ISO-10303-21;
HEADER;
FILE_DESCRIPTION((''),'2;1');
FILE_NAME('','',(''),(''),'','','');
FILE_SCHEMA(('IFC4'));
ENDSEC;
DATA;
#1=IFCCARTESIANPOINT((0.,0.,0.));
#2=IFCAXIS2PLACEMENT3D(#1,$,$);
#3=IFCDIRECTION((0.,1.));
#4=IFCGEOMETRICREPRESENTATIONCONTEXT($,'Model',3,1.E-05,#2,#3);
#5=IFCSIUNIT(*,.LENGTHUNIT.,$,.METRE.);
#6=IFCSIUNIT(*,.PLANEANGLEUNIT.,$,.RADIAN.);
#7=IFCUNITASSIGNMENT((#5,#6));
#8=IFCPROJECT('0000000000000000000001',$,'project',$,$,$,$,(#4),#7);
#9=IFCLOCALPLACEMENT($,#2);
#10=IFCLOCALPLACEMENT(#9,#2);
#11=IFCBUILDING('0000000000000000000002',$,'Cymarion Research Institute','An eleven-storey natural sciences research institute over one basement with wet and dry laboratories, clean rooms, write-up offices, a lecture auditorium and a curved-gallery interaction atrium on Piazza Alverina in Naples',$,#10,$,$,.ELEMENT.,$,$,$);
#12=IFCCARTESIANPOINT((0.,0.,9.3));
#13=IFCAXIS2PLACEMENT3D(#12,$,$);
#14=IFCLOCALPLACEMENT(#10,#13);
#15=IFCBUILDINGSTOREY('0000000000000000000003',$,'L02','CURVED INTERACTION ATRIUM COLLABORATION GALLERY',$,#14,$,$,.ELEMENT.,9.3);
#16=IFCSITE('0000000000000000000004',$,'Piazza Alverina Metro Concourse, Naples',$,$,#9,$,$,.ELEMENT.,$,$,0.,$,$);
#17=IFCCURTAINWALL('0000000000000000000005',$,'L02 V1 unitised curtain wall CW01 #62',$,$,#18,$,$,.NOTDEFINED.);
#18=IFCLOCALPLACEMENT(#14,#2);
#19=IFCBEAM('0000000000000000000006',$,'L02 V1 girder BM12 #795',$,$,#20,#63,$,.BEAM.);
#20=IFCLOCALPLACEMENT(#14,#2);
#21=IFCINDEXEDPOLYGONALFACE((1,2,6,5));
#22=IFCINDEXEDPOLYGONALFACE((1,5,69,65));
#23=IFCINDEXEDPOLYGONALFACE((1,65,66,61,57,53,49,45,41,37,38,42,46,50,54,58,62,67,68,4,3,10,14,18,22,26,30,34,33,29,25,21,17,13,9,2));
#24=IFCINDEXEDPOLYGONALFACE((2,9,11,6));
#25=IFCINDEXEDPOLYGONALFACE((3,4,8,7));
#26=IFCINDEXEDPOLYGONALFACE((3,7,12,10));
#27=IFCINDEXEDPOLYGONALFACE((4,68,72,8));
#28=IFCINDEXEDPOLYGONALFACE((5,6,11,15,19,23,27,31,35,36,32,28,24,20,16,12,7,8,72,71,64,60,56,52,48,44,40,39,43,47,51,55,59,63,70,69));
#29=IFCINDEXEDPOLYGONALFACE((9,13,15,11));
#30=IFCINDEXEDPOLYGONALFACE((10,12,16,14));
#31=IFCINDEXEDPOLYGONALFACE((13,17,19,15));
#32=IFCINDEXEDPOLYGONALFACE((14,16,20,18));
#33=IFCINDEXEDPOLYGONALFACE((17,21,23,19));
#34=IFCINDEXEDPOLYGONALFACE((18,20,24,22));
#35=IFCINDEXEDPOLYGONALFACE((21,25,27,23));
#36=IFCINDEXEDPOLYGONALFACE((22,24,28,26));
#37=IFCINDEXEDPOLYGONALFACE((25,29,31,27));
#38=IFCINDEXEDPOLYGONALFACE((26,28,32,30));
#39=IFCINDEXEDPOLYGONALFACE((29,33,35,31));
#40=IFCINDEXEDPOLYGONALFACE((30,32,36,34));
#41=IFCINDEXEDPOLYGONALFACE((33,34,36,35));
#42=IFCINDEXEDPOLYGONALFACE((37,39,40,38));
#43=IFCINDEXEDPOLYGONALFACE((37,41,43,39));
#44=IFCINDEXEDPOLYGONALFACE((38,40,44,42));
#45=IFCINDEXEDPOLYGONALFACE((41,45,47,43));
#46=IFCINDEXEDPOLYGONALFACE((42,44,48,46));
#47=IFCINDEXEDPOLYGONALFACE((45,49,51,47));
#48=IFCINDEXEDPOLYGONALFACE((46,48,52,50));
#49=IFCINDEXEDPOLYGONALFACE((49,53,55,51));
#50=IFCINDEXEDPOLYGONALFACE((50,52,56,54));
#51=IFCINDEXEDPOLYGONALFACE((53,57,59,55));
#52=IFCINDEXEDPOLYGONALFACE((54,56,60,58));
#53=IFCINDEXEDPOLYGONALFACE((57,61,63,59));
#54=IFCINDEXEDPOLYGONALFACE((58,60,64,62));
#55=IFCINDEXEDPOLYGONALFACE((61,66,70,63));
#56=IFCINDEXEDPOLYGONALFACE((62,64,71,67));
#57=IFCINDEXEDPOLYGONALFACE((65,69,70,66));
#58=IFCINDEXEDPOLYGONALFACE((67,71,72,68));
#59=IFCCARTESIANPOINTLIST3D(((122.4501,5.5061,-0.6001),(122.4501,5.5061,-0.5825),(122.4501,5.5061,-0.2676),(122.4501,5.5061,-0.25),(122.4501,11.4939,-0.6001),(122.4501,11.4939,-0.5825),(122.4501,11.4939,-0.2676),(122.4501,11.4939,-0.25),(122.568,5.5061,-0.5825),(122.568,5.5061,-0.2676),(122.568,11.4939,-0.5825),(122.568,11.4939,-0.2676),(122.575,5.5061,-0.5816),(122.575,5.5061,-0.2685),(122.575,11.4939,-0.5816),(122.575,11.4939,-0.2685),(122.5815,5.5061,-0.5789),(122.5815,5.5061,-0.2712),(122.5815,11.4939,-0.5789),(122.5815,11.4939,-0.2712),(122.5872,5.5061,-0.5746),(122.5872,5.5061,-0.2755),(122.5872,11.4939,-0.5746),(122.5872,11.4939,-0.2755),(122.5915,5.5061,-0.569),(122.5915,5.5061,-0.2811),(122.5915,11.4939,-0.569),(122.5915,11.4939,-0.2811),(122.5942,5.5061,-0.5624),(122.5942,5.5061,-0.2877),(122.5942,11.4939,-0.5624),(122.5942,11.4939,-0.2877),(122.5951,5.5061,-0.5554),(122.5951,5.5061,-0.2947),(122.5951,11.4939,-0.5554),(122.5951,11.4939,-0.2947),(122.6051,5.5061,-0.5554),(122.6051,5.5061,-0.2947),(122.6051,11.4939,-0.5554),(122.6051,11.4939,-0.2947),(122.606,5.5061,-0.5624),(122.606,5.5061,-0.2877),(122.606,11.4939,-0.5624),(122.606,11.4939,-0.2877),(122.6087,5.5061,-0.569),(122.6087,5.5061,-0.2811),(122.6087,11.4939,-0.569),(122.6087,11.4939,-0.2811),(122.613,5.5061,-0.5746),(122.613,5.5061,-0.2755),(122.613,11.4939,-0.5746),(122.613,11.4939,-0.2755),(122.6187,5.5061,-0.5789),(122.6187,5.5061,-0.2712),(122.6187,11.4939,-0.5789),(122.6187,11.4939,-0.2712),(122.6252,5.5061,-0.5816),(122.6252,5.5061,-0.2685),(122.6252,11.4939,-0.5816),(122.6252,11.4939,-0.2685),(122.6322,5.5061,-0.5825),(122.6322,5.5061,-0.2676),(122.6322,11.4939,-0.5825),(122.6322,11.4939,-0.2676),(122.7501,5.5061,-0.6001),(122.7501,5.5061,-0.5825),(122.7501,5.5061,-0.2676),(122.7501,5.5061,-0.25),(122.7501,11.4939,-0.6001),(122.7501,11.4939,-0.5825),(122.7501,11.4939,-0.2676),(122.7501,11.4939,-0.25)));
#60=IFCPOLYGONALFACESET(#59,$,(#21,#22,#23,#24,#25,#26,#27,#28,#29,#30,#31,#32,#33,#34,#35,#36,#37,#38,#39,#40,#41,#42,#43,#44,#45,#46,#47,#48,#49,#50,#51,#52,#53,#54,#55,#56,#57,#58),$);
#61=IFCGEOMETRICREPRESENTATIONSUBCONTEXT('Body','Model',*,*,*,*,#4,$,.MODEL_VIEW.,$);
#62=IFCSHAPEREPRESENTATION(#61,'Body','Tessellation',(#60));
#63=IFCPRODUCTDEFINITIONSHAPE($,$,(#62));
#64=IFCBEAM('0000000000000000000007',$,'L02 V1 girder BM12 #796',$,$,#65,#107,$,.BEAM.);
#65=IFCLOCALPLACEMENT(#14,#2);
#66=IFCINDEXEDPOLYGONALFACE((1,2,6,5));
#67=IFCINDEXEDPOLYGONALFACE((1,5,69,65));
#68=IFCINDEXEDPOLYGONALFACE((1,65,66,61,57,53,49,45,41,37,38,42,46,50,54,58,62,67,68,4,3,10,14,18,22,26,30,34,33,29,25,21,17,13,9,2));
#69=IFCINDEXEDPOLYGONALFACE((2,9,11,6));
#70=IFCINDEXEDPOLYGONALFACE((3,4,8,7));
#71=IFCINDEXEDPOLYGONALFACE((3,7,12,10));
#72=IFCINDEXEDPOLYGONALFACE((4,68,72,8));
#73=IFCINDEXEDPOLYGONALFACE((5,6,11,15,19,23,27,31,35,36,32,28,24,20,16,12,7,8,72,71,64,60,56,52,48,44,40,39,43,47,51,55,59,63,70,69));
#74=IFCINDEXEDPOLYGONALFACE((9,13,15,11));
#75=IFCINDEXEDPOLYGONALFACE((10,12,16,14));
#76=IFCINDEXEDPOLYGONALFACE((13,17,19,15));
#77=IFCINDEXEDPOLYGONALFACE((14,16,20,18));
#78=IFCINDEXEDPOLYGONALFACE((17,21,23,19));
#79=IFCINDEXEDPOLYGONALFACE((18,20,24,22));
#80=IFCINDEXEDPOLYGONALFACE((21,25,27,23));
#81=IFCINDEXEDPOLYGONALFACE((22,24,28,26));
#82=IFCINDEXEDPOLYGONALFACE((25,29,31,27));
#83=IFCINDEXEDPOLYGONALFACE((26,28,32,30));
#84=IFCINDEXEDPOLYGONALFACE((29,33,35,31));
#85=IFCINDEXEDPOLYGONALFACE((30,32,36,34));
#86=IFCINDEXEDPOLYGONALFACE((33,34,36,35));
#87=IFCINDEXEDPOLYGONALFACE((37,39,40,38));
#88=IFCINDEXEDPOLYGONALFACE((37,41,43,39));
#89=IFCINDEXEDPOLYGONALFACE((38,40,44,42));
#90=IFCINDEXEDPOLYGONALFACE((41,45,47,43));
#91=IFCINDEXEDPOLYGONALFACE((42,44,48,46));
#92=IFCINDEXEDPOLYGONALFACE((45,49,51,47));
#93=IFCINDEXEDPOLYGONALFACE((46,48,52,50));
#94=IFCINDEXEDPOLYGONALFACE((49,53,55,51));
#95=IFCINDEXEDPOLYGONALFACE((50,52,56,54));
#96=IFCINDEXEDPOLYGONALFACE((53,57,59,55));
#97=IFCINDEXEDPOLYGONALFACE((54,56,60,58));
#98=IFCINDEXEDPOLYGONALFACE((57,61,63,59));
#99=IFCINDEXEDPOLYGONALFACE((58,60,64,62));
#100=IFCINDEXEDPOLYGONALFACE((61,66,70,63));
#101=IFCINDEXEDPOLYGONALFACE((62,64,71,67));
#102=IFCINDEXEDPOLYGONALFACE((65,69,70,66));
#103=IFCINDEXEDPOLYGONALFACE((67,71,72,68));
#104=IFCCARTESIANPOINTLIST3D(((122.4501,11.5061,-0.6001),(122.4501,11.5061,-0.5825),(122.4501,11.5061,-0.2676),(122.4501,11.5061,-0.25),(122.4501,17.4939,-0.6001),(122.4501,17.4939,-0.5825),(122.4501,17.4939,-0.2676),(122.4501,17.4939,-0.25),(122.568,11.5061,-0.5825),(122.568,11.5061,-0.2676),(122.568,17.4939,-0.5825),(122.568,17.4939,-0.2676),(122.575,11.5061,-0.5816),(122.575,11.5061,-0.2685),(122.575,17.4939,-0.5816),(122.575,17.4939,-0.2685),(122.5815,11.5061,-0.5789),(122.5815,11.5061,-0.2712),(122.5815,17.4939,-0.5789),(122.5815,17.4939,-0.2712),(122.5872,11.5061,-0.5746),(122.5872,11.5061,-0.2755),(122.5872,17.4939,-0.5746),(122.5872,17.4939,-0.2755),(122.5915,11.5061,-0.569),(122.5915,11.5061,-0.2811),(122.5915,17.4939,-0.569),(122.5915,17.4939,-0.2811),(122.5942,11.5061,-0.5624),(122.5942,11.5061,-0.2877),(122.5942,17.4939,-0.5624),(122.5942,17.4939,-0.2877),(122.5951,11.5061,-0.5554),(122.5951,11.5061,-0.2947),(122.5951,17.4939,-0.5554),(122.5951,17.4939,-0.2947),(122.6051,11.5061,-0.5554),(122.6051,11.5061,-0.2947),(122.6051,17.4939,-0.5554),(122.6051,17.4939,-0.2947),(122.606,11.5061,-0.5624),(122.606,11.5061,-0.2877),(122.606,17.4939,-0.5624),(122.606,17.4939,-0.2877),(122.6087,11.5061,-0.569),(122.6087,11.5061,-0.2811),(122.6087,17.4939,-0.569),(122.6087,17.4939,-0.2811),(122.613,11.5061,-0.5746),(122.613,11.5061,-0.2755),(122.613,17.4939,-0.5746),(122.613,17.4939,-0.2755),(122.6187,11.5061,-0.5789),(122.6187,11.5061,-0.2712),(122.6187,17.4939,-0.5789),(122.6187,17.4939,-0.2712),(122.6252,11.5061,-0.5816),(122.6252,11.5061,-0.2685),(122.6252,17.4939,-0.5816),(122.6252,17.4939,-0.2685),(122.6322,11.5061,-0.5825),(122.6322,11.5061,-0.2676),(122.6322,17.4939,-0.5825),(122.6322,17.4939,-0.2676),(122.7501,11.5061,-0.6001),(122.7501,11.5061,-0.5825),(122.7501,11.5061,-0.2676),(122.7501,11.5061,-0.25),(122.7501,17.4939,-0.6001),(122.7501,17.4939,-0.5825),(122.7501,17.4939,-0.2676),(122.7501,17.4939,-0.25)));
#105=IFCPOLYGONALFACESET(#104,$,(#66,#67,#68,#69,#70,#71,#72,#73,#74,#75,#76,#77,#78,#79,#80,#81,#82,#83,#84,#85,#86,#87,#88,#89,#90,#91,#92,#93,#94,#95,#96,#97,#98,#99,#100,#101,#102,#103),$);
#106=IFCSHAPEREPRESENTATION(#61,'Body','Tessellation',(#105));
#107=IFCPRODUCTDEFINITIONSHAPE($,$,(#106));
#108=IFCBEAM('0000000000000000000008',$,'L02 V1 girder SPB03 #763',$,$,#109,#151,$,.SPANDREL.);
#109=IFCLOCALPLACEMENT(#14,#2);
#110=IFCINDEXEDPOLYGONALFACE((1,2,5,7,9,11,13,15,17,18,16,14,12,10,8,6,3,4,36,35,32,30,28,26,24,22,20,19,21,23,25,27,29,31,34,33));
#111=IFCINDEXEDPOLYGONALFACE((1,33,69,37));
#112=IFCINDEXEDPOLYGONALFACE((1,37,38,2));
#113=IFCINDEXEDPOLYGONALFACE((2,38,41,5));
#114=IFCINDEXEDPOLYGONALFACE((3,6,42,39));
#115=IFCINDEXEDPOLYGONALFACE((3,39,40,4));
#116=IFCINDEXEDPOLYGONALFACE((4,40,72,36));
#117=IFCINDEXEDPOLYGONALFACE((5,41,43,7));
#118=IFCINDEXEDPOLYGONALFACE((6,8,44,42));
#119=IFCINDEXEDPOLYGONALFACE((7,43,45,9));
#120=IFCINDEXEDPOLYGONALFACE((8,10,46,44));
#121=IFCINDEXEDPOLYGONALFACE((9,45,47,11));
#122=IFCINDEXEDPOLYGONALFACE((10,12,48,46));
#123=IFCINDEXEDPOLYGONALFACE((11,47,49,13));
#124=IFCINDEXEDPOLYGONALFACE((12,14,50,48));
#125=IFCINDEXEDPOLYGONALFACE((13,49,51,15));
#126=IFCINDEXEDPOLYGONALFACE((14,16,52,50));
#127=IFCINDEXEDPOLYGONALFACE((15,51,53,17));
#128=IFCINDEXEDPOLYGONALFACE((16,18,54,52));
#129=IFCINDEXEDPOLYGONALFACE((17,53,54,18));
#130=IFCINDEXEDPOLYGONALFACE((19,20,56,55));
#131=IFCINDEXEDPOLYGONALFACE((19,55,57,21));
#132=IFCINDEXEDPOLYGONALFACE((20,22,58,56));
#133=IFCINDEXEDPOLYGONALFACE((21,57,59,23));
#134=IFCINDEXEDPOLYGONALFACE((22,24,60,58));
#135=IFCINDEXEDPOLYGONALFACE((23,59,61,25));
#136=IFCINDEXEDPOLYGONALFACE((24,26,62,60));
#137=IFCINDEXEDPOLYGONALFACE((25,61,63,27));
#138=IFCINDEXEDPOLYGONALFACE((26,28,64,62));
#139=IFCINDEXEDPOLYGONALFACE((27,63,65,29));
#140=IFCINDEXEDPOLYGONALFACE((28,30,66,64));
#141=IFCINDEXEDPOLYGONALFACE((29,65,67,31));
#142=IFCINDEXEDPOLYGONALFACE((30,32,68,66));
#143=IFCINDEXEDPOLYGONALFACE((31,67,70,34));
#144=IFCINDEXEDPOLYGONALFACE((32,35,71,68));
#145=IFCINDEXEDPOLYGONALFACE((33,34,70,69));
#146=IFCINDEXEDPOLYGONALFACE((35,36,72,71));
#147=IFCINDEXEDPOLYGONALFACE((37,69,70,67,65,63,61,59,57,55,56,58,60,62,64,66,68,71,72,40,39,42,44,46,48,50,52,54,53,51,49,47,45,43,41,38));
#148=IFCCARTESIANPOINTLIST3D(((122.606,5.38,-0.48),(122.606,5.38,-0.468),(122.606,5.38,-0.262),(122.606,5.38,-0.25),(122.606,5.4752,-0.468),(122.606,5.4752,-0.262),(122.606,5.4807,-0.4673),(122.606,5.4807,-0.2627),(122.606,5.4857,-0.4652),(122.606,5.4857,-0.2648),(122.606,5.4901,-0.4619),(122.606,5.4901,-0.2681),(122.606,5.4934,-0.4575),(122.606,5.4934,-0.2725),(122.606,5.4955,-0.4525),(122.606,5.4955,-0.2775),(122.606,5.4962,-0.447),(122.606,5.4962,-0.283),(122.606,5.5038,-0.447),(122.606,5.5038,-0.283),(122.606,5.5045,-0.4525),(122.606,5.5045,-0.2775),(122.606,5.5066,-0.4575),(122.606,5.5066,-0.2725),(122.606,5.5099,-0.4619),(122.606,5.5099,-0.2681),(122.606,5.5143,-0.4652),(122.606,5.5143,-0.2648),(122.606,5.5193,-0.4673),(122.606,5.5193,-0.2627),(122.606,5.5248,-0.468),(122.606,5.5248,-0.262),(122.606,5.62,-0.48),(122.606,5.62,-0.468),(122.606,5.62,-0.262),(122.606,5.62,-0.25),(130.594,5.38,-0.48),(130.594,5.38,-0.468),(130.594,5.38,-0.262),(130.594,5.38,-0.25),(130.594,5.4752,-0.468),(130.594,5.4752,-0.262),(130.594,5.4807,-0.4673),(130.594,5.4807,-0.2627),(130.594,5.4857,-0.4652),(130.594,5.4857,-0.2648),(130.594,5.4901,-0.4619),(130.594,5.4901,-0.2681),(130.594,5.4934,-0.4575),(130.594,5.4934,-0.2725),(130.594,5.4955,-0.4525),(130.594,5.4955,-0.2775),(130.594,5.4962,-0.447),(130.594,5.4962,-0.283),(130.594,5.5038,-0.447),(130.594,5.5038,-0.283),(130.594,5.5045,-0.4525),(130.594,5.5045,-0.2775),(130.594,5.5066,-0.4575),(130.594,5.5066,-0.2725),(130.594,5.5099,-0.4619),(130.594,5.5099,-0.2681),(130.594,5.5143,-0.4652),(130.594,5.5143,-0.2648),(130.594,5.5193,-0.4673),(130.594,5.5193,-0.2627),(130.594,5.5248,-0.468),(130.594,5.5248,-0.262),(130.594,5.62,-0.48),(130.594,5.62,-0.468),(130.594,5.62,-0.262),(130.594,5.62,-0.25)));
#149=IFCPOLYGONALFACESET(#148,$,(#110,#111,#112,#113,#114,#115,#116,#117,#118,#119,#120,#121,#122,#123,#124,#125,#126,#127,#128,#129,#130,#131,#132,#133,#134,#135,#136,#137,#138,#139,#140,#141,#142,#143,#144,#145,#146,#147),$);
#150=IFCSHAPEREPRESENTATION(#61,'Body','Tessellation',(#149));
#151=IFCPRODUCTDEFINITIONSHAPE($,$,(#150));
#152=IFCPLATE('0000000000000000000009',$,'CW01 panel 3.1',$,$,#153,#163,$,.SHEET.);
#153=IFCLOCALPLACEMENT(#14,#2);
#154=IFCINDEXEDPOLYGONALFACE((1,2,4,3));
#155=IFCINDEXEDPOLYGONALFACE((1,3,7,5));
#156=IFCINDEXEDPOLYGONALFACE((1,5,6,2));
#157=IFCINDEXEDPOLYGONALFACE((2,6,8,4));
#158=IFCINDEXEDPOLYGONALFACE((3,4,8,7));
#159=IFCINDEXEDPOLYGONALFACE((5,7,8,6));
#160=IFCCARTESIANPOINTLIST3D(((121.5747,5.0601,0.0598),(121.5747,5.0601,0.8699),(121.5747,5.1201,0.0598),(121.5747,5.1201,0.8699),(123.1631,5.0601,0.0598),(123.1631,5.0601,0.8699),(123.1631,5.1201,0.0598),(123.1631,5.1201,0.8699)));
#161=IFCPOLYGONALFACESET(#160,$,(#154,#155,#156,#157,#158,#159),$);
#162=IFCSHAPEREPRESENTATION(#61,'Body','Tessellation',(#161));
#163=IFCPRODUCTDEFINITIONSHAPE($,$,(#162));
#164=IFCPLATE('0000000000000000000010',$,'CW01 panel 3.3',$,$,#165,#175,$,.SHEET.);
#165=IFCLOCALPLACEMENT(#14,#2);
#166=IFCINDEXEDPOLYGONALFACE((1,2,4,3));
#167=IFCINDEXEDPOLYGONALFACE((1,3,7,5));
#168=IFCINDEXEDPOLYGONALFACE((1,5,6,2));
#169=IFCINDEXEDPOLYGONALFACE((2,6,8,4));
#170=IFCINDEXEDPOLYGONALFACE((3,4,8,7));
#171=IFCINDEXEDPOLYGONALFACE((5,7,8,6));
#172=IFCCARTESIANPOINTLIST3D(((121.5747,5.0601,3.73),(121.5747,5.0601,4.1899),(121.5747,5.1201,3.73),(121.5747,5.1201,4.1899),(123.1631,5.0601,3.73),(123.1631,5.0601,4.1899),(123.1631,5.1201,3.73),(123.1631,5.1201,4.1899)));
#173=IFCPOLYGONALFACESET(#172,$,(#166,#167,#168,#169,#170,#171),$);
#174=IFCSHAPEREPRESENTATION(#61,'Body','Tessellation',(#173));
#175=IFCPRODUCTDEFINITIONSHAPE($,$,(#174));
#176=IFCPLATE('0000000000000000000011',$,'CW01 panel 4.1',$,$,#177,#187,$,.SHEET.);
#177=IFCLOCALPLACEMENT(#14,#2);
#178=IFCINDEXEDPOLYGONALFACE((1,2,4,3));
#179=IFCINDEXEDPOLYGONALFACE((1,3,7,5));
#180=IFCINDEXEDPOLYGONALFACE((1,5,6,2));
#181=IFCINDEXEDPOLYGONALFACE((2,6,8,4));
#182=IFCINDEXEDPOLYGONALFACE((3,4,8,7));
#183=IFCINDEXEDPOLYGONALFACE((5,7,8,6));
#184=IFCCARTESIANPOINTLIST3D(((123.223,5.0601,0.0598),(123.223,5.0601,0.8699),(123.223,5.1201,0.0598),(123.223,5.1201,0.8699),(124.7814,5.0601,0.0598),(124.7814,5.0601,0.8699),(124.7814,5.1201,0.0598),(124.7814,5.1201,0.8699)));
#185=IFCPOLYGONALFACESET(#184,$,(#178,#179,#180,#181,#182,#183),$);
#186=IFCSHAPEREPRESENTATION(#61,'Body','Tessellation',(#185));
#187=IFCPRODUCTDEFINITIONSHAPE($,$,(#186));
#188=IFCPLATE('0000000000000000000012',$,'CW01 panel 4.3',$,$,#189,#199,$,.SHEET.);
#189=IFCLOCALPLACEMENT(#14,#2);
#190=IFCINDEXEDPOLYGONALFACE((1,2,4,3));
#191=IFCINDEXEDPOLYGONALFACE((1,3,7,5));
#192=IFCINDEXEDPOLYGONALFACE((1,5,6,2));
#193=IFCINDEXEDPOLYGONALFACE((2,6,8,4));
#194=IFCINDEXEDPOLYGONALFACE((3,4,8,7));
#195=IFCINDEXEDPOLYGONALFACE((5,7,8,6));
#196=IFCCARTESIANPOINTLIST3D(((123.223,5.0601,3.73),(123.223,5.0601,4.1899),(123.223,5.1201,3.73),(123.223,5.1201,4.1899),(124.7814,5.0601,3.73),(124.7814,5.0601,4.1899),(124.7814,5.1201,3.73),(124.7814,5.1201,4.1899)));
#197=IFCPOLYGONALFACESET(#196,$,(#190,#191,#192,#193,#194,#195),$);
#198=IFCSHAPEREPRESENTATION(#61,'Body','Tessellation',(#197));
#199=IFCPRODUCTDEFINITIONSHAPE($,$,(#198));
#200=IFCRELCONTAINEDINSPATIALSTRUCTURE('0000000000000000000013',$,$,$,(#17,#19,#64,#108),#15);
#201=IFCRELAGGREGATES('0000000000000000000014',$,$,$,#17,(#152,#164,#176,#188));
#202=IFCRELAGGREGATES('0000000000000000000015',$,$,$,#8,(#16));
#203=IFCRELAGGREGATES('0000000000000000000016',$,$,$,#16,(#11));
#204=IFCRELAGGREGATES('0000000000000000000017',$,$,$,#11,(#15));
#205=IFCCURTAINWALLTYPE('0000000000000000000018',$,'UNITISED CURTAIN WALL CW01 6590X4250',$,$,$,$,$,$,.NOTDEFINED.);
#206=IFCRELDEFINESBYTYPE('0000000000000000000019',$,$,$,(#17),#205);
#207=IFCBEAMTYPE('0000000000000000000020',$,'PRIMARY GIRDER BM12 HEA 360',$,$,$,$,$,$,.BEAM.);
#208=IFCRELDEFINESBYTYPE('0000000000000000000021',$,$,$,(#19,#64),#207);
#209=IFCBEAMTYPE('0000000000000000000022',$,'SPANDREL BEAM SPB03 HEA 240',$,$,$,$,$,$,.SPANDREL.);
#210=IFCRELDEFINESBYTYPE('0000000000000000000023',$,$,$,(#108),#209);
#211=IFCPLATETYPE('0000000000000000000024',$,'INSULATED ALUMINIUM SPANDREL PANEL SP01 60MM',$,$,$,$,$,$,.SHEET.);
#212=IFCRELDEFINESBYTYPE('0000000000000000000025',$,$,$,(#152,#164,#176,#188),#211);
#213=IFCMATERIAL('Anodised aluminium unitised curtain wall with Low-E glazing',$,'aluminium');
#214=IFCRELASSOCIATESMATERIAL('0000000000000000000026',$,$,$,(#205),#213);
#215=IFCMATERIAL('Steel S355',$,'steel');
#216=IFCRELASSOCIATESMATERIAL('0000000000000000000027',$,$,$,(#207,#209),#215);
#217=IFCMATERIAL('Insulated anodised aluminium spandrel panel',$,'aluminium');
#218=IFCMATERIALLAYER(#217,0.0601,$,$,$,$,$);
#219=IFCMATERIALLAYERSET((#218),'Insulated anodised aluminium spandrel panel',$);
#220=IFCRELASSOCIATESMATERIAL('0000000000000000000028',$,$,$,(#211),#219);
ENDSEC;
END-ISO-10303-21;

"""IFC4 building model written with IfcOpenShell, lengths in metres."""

from ifc_helpers import new_model, si_unit, direction, frame, origin, origin_2d, place, context, subcontext, project, spatial, rectangle, i_section, extrude, material, layer, layer_set, material_profile, profile_set, type_object, element, aggregate, save


model = new_model("IFC4")

# Units and contexts
model_context = context("Model", 3, precision=1e-05, world=origin(), true_north=direction((0.0, 1.0)))
body_context = subcontext(model_context, "Body", "Model", "MODEL_VIEW")
ifc_project = project(units=[si_unit("LENGTHUNIT", "METRE"), si_unit("PLANEANGLEUNIT", "RADIAN")], contexts=[model_context])

# Site, building, storey
site_placement = place(None, origin())
site = spatial("IfcSite", under=ifc_project, at=site_placement, Name="Piazza Alverina Metro Concourse, Naples", CompositionType="ELEMENT", RefElevation=0.0)
building_placement = place(site_placement, origin())
building = spatial("IfcBuilding", under=site, at=building_placement, Name="Cymarion Research Institute", Description="An eleven-storey natural sciences research institute over one basement with wet and dry laboratories, clean rooms, write-up offices, a lecture auditorium and a curved-gallery interaction atrium on Piazza Alverina in Naples", CompositionType="ELEMENT")
storey_placement = place(building_placement, frame((0.0, 0.0, 9.3)))
storey = spatial("IfcBuildingStorey", under=building, at=storey_placement, Name="L02", Description="CURVED INTERACTION ATRIUM COLLABORATION GALLERY", CompositionType="ELEMENT", Elevation=9.3)

# Shared definitions
ifc_material_1 = material(Name="Steel S355", Category="steel")

# Curtain wall
ifc_material_2 = material(Name="Anodised aluminium unitised curtain wall with Low-E glazing", Category="aluminium")
curtain_wall_type = type_object("IfcCurtainWallType", Name="UNITISED CURTAIN WALL CW01 6590X4250", PredefinedType="NOTDEFINED", material=ifc_material_2)
curtain_wall_1_placement = place(storey_placement, origin())
curtain_wall_1 = element("IfcCurtainWall", 1, at=curtain_wall_1_placement, inside=storey, type_object=curtain_wall_type, Name="L02 V1 unitised curtain wall CW01 #62", PredefinedType="NOTDEFINED")

# Beams
ifc_material_profile_1 = material_profile(ifc_material_1, i_section(OverallWidth=0.3, OverallDepth=0.3501, WebThickness=0.01, FlangeThickness=0.0176, FilletRadius=0.0271, at=origin_2d()), Name="HEA 360")
ifc_profile_set_1 = profile_set([ifc_material_profile_1], Name="Steel S355")
beam_type_1 = type_object("IfcBeamType", Name="PRIMARY GIRDER BM12 HEA 360", PredefinedType="BEAM", material=ifc_profile_set_1)
for number, where, z_axis, x_axis, name in (
    (2, (122.6001, 5.5061, -0.425), (0.0, 1.0, 0.0), (-1.0, 0.0, 0.0), "L02 V1 girder BM12 #795"),
    (3, (122.6001, 11.5061, -0.425), (0.0, 1.0, 0.0), (-1.0, 0.0, 0.0), "L02 V1 girder BM12 #796"),
):
    element("IfcBeam", number, at=place(storey_placement, frame(where, z_axis=z_axis, x_axis=x_axis)), inside=storey, type_object=beam_type_1, Name=name, PredefinedType="BEAM", context=body_context, shape_type="SweptSolid", body=[
        extrude(i_section(OverallWidth=0.3, OverallDepth=0.3501, WebThickness=0.01, FlangeThickness=0.0176, FilletRadius=0.0271, at=origin_2d()), origin(), (0.0, 0.0, 1.0), 5.9878),
    ])
ifc_material_profile_2 = material_profile(ifc_material_1, i_section(OverallWidth=0.24, OverallDepth=0.23, WebThickness=0.0076, FlangeThickness=0.012, FilletRadius=0.021, at=origin_2d()), Name="HEA 240")
ifc_profile_set_2 = profile_set([ifc_material_profile_2], Name="Steel S355")
beam_type_2 = type_object("IfcBeamType", Name="SPANDREL BEAM SPB03 HEA 240", PredefinedType="SPANDREL", material=ifc_profile_set_2)
beam_1_placement = place(storey_placement, frame((122.606, 5.5, -0.365), z_axis=(1.0, 0.0, 0.0), x_axis=(0.0, 1.0, 0.0)))
element("IfcBeam", 4, at=beam_1_placement, inside=storey, type_object=beam_type_2, Name="L02 V1 girder SPB03 #763", PredefinedType="SPANDREL", context=body_context, shape_type="SweptSolid", body=[
    extrude(i_section(OverallWidth=0.24, OverallDepth=0.23, WebThickness=0.0076, FlangeThickness=0.012, FilletRadius=0.021, at=origin_2d()), origin(), (0.0, 0.0, 1.0), 7.988),
])

# Plates
ifc_material_3 = material(Name="Insulated anodised aluminium spandrel panel", Category="aluminium")
ifc_layer_1 = layer(ifc_material_3, 0.0601)
ifc_layer_set_1 = layer_set([ifc_layer_1], Name="Insulated anodised aluminium spandrel panel")
plate_type_1 = type_object("IfcPlateType", Name="INSULATED ALUMINIUM SPANDREL PANEL SP01 60MM", PredefinedType="SHEET", material=ifc_layer_set_1)
plate_1_placement = place(storey_placement, frame((122.3689, 5.0901, 0.0598), z_axis=(0.0, 0.0, 1.0), x_axis=(1.0, 0.0, 0.0)))
plate_1 = element("IfcPlate", 5, at=plate_1_placement, type_object=plate_type_1, Name="CW01 panel 3.1", PredefinedType="SHEET", context=body_context, shape_type="SweptSolid", body=[
    extrude(rectangle(XDim=1.5884, YDim=0.0601, at=origin_2d()), origin(), (0.0, 0.0, 1.0), 0.8101),
])
plate_2_placement = place(storey_placement, frame((122.3689, 5.0901, 3.73), z_axis=(0.0, 0.0, 1.0), x_axis=(1.0, 0.0, 0.0)))
plate_2 = element("IfcPlate", 6, at=plate_2_placement, type_object=plate_type_1, Name="CW01 panel 3.3", PredefinedType="SHEET", context=body_context, shape_type="SweptSolid", body=[
    extrude(rectangle(XDim=1.5884, YDim=0.0601, at=origin_2d()), origin(), (0.0, 0.0, 1.0), 0.46),
])
plate_3_placement = place(storey_placement, frame((124.0022, 5.0901, 0.0598), z_axis=(0.0, 0.0, 1.0), x_axis=(1.0, 0.0, 0.0)))
plate_3 = element("IfcPlate", 7, at=plate_3_placement, type_object=plate_type_1, Name="CW01 panel 4.1", PredefinedType="SHEET", context=body_context, shape_type="SweptSolid", body=[
    extrude(rectangle(XDim=1.5583, YDim=0.0601, at=origin_2d()), origin(), (0.0, 0.0, 1.0), 0.8101),
])
plate_4_placement = place(storey_placement, frame((124.0022, 5.0901, 3.73), z_axis=(0.0, 0.0, 1.0), x_axis=(1.0, 0.0, 0.0)))
plate_4 = element("IfcPlate", 8, at=plate_4_placement, type_object=plate_type_1, Name="CW01 panel 4.3", PredefinedType="SHEET", context=body_context, shape_type="SweptSolid", body=[
    extrude(rectangle(XDim=1.5583, YDim=0.0601, at=origin_2d()), origin(), (0.0, 0.0, 1.0), 0.46),
])
aggregate(curtain_wall_1, [plate_1, plate_2, plate_3, plate_4])

save(model, "model.ifc")
